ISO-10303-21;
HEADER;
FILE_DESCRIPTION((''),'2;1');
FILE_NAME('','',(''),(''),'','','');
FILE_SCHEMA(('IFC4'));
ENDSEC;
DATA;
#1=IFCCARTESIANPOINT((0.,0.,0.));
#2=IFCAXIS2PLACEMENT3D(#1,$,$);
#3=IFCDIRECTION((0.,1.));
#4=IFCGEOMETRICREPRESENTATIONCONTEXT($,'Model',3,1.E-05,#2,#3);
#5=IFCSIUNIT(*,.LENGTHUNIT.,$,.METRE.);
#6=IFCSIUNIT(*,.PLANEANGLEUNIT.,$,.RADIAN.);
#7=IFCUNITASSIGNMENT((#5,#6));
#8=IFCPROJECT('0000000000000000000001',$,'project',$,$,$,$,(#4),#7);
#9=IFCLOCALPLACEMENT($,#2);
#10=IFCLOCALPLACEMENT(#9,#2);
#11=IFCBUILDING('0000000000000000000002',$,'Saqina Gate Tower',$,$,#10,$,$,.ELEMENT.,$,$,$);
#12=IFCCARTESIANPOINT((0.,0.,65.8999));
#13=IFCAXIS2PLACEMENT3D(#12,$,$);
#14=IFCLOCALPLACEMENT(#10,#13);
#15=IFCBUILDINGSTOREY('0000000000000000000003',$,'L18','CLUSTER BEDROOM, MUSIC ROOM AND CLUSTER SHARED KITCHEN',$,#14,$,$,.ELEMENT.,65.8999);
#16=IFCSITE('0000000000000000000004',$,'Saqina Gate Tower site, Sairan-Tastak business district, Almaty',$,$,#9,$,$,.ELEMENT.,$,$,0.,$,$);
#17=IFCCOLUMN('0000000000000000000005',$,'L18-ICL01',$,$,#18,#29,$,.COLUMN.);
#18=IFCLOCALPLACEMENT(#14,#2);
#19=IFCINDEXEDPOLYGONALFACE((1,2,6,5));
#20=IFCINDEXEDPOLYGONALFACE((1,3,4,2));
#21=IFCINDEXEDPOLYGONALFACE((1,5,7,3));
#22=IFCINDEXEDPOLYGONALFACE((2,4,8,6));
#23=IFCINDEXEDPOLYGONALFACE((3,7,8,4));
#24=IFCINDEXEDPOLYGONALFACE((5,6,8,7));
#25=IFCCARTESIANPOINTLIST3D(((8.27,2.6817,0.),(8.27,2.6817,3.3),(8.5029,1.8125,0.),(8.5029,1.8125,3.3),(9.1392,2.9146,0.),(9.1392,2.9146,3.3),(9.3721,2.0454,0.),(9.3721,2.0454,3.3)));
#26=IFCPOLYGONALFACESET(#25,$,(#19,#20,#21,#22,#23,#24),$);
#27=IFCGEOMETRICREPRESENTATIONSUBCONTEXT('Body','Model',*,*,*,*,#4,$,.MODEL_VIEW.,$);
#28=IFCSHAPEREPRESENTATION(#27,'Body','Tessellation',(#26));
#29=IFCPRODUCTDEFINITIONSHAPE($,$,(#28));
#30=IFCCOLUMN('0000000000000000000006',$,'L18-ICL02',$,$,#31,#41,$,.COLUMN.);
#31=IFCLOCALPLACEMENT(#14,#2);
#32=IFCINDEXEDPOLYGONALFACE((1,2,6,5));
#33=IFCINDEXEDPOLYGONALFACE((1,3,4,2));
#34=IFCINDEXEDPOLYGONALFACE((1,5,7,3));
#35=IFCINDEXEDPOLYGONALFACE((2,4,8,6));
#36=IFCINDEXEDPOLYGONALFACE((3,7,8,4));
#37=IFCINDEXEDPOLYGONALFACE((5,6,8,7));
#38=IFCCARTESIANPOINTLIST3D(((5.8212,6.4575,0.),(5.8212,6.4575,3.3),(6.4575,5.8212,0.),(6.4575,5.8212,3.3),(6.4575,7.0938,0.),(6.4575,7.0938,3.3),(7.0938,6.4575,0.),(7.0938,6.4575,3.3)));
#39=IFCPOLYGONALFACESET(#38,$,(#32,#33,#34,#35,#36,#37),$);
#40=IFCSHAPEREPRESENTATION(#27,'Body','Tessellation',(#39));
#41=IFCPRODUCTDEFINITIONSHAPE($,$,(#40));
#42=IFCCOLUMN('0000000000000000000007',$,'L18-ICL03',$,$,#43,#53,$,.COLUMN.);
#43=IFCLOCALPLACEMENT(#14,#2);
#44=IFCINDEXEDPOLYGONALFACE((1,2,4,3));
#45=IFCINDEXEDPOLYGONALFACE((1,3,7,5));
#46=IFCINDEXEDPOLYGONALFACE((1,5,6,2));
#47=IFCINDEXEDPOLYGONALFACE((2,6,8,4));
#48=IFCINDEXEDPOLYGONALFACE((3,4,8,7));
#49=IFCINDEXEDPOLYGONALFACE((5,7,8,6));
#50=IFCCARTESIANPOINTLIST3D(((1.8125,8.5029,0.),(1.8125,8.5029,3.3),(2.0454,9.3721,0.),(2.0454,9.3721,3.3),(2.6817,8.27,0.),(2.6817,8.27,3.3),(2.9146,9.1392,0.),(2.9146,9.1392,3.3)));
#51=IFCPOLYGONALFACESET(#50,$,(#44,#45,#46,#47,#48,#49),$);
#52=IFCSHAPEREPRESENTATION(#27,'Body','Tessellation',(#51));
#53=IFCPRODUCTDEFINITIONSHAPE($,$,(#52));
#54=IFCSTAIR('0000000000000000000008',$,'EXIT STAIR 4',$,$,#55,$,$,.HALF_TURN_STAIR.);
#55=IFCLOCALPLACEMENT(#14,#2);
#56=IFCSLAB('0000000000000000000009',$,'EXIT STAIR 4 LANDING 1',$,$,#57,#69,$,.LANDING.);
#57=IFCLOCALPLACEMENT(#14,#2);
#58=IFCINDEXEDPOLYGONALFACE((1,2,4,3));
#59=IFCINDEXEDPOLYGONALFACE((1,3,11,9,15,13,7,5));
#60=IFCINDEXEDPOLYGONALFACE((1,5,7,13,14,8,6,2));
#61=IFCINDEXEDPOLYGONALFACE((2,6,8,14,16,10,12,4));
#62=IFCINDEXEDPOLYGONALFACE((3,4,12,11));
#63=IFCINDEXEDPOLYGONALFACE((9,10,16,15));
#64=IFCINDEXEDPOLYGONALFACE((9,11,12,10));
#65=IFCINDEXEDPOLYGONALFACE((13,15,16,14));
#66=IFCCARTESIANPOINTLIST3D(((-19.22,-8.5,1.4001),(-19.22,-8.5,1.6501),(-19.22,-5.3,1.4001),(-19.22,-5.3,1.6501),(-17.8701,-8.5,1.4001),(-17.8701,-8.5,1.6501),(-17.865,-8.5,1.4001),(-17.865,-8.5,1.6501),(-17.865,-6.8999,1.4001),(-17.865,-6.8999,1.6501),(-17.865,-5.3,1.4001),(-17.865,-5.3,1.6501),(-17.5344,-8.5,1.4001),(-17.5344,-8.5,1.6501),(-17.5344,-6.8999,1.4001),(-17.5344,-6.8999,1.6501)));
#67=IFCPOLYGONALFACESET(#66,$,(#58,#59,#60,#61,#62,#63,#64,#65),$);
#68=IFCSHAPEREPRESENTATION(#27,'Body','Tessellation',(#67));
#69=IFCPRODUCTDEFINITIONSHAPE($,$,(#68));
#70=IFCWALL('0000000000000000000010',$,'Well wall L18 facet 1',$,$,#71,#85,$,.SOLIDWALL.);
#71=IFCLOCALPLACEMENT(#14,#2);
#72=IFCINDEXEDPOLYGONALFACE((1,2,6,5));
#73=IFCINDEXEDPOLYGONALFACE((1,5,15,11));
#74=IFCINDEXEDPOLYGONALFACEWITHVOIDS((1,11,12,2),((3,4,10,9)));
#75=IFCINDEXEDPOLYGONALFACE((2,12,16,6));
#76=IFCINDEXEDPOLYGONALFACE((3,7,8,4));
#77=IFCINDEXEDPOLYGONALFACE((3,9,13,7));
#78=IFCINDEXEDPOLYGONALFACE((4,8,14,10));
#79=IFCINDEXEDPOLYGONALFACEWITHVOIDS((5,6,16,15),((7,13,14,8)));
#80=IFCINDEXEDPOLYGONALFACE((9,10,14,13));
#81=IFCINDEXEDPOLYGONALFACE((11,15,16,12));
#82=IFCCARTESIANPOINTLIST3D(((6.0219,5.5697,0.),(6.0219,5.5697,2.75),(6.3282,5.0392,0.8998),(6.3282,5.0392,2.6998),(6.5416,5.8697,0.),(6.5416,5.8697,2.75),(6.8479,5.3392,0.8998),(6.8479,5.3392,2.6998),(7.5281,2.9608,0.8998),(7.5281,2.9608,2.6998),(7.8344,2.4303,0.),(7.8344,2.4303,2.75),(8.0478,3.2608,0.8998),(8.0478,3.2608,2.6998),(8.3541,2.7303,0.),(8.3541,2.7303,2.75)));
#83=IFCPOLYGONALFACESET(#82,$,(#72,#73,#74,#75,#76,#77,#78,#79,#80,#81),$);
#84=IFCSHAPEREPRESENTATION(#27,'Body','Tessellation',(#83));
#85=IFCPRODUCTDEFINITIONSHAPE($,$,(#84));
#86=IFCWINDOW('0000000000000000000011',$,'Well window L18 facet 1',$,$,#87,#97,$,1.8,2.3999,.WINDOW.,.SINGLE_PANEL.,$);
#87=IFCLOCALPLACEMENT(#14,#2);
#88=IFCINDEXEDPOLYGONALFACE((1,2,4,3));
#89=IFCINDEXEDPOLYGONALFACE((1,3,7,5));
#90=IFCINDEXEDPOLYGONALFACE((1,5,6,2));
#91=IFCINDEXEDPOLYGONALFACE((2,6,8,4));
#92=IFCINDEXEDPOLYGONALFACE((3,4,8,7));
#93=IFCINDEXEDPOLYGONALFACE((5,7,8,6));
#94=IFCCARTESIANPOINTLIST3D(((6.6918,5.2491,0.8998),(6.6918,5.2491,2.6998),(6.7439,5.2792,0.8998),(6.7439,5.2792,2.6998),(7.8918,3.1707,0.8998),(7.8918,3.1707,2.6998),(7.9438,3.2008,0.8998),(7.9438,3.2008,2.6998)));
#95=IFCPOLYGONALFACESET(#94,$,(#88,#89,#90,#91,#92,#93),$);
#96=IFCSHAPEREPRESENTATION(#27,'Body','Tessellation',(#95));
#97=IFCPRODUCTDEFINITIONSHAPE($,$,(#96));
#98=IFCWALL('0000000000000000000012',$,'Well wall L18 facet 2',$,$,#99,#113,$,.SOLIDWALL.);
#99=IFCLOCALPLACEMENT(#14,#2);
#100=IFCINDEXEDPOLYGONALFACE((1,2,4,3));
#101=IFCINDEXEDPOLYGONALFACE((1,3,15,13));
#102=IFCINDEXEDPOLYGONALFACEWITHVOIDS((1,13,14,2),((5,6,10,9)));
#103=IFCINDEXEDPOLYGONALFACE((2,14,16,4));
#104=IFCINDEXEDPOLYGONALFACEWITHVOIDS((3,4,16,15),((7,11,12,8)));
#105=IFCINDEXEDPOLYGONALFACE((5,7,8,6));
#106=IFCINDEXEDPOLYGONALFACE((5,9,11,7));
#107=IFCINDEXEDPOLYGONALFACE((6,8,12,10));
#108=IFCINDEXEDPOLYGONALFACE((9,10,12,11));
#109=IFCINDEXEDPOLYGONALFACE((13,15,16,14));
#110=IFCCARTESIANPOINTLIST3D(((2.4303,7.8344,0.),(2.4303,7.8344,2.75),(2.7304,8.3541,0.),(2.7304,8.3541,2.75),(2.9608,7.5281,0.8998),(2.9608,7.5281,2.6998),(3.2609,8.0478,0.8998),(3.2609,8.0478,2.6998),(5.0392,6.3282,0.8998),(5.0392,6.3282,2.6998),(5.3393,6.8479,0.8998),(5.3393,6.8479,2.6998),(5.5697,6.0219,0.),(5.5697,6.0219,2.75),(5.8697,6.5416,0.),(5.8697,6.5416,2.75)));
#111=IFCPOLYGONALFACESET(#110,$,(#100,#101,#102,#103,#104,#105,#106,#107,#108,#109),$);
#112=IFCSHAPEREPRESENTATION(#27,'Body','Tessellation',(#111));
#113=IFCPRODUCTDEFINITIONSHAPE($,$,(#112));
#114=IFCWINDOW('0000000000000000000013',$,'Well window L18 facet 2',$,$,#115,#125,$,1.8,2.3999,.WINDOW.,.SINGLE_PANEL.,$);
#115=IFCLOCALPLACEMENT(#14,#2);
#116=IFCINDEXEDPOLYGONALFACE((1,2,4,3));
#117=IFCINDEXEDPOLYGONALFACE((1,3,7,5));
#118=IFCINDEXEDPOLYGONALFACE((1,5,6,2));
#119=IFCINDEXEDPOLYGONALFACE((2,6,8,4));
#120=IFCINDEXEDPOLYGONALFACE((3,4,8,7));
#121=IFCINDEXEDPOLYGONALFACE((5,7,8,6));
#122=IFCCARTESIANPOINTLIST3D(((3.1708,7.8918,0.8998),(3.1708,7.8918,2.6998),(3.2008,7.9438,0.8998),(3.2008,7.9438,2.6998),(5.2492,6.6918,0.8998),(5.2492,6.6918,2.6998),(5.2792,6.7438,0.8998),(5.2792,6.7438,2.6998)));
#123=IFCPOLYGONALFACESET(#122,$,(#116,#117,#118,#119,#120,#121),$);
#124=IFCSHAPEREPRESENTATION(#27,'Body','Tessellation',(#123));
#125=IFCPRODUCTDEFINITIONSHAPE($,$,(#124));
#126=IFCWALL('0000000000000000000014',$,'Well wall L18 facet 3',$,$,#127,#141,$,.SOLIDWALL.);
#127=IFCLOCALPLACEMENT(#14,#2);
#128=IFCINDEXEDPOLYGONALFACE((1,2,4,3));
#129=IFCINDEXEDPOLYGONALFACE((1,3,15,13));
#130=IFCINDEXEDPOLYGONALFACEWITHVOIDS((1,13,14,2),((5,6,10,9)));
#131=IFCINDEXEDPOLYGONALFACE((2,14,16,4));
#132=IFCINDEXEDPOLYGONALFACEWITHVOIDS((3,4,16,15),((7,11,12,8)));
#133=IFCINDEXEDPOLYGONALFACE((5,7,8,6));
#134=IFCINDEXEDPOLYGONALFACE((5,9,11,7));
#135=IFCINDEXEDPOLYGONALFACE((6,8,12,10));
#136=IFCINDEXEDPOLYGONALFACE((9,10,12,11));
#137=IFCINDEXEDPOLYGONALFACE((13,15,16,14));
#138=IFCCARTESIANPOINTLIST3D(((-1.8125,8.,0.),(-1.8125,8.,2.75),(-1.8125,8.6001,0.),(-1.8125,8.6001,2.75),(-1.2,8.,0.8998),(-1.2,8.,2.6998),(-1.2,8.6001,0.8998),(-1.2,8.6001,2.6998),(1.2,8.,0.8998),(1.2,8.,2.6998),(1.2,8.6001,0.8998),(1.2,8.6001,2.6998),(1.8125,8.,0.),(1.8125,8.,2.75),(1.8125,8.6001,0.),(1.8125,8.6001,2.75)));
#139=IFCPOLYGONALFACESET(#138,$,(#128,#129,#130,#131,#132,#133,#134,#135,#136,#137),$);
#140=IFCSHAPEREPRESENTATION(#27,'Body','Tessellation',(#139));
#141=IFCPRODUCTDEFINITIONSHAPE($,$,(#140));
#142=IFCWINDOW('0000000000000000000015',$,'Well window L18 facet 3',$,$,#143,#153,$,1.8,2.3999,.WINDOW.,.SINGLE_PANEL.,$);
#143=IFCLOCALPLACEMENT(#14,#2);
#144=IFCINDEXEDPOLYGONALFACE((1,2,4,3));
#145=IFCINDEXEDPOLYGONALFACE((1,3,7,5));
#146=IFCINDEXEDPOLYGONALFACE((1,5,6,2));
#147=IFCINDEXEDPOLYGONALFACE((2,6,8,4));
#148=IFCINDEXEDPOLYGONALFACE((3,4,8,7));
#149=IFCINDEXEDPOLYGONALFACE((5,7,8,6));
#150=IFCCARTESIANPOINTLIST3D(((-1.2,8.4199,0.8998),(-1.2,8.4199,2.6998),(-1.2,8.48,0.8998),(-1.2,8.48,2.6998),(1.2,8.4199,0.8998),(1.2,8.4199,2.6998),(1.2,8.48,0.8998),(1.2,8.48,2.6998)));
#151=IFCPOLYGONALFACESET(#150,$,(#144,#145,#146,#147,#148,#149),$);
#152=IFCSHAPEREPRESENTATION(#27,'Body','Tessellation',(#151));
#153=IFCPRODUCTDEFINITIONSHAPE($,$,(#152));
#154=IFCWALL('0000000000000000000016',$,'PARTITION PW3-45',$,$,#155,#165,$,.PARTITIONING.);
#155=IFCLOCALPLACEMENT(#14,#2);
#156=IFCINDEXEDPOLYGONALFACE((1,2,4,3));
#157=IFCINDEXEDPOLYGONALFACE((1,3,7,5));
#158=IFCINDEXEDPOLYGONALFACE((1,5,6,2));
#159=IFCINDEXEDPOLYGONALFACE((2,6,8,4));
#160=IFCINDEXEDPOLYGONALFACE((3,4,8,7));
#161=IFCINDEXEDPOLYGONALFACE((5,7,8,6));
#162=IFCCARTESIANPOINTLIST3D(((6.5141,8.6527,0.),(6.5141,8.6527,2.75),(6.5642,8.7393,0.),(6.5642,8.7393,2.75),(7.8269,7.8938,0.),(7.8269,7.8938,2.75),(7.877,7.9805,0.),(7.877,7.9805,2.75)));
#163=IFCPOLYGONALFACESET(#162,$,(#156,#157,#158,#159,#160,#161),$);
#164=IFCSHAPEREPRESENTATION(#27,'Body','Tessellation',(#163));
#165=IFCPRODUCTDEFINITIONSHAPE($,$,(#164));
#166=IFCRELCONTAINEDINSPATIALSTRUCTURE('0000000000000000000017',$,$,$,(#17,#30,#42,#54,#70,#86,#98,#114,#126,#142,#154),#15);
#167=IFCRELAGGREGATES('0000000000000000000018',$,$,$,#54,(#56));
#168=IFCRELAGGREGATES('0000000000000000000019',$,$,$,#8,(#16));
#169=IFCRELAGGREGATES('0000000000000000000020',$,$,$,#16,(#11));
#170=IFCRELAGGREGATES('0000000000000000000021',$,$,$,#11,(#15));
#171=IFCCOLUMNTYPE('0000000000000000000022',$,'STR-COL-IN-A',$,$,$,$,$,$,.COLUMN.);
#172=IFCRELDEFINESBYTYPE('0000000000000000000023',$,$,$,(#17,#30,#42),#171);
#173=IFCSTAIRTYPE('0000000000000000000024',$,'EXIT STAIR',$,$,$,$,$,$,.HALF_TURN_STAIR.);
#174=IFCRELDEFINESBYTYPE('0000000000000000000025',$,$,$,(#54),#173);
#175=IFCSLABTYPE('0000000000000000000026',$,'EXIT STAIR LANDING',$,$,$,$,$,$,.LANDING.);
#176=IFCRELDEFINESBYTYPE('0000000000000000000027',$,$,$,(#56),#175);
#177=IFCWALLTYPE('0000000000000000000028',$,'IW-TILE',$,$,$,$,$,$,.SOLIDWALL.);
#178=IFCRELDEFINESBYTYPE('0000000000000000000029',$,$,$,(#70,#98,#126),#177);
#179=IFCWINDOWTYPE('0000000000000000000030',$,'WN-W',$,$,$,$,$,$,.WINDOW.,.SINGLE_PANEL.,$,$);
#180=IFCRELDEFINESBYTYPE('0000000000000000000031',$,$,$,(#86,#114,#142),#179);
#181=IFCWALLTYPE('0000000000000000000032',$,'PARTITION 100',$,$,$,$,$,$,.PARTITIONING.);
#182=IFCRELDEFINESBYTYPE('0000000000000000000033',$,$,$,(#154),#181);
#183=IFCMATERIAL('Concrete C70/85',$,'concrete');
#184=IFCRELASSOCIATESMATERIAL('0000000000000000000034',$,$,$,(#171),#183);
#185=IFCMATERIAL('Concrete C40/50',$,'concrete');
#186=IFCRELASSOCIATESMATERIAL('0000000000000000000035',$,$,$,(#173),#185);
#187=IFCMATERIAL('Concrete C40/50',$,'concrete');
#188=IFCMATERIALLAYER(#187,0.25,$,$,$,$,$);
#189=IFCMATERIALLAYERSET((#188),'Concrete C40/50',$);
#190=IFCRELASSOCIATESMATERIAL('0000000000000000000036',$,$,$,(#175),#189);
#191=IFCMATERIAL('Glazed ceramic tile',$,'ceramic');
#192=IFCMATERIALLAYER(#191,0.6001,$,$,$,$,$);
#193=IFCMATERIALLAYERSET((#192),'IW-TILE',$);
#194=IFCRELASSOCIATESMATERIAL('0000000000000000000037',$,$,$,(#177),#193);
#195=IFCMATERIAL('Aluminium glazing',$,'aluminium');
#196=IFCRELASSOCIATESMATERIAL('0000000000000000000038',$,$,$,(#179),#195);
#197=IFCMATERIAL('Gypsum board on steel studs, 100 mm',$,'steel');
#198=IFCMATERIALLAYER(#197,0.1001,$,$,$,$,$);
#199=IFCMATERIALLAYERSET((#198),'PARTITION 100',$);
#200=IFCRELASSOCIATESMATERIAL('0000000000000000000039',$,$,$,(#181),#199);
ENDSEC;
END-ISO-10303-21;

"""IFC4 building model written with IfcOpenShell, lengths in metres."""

from ifc_helpers import new_model, si_unit, direction, frame, frame_2d, origin, origin_2d, place, context, subcontext, project, spatial, polyline, rectangle, outline, extrude, material, layer, layer_set, material_profile, profile_set, type_object, element, fill, aggregate, save


model = new_model("IFC4")

# Units and contexts
model_context = context("Model", 3, precision=1e-05, world=origin(), true_north=direction((0.0, 1.0)))
body_context = subcontext(model_context, "Body", "Model", "MODEL_VIEW")
ifc_project = project(units=[si_unit("LENGTHUNIT", "METRE"), si_unit("PLANEANGLEUNIT", "RADIAN")], contexts=[model_context])

# Site, building, storey
site_placement = place(None, origin())
site = spatial("IfcSite", under=ifc_project, at=site_placement, Name="Saqina Gate Tower site, Sairan-Tastak business district, Almaty", CompositionType="ELEMENT", RefElevation=0.0)
building_placement = place(site_placement, origin())
building = spatial("IfcBuilding", under=site, at=building_placement, Name="Saqina Gate Tower", CompositionType="ELEMENT")
storey_placement = place(building_placement, frame((0.0, 0.0, 65.8999)))
storey = spatial("IfcBuildingStorey", under=building, at=storey_placement, Name="L18", Description="CLUSTER BEDROOM, MUSIC ROOM AND CLUSTER SHARED KITCHEN", CompositionType="ELEMENT", Elevation=65.8999)

# Columns
ifc_material_1 = material(Name="Concrete C70/85", Category="concrete")
ifc_material_profile = material_profile(ifc_material_1, rectangle(XDim=0.8999, YDim=0.8999, at=origin_2d()), Name="RC 900x900")
ifc_profile_set = profile_set([ifc_material_profile], Name="Concrete C70/85")
column_type = type_object("IfcColumnType", Name="STR-COL-IN-A", PredefinedType="COLUMN", material=ifc_profile_set)
for number, where, z_axis, x_axis, name in (
    (1, (8.821, 2.3635, 0.0), (0.0, 0.0, 1.0), (0.965926, 0.258819, 0.0), "L18-ICL01"),
    (2, (6.4575, 6.4575, 0.0), (0.0, 0.0, 1.0), (0.707107, 0.707107, 0.0), "L18-ICL02"),
    (3, (2.3635, 8.821, 0.0), (0.0, 0.0, 1.0), (0.258819, 0.965926, 0.0), "L18-ICL03"),
):
    element("IfcColumn", number, at=place(storey_placement, frame(where, z_axis=z_axis, x_axis=x_axis)), inside=storey, type_object=column_type, Name=name, PredefinedType="COLUMN", context=body_context, shape_type="SweptSolid", body=[
        extrude(rectangle(XDim=0.8999, YDim=0.8999, at=origin_2d()), origin(), (0.0, 0.0, 1.0), 3.3),
    ])

# Stair, slab
ifc_material_2 = material(Name="Concrete C40/50", Category="concrete")
stair_type = type_object("IfcStairType", Name="EXIT STAIR", PredefinedType="HALF_TURN_STAIR", material=ifc_material_2)
stair_1_placement = place(storey_placement, origin())
stair_1 = element("IfcStair", 4, at=stair_1_placement, inside=storey, type_object=stair_type, Name="EXIT STAIR 4", PredefinedType="HALF_TURN_STAIR")
ifc_material_3 = material(Name="Concrete C40/50", Category="concrete")
ifc_layer_1 = layer(ifc_material_3, 0.25)
ifc_layer_set_1 = layer_set([ifc_layer_1], Name="Concrete C40/50")
slab_type = type_object("IfcSlabType", Name="EXIT STAIR LANDING", PredefinedType="LANDING", material=ifc_layer_set_1)
slab_placement = place(storey_placement, frame((0.0, 0.0, 1.4001)))
slab = element("IfcSlab", 5, at=slab_placement, type_object=slab_type, Name="EXIT STAIR 4 LANDING 1", PredefinedType="LANDING", context=body_context, shape_type="SweptSolid", body=[
    extrude(outline(polyline([(-17.5344, -6.8999), (-17.5344, -8.5), (-17.865, -8.5), (-17.8701, -8.5), (-19.22, -8.5), (-19.22, -5.3), (-17.865, -5.3), (-17.865, -6.8999), (-17.5344, -6.8999)])), origin(), (0.0, 0.0, 1.0), 0.25),
])
aggregate(stair_1, [slab])

# Walls, openings, windows
ifc_material_4 = material(Name="Glazed ceramic tile", Category="ceramic")
ifc_layer_2 = layer(ifc_material_4, 0.6001)
ifc_layer_set_2 = layer_set([ifc_layer_2], Name="IW-TILE")
wall_type_1 = type_object("IfcWallType", Name="IW-TILE", PredefinedType="SOLIDWALL", material=ifc_layer_set_2)
wall_1_placement = place(storey_placement, frame((8.0942, 2.5803, 0.0), z_axis=(0.0, 0.0, 1.0), x_axis=(-0.499993, 0.86603, 0.0)))
wall_1 = element("IfcWall", 6, at=wall_1_placement, inside=storey, type_object=wall_type_1, Name="Well wall L18 facet 1", PredefinedType="SOLIDWALL", context=body_context, shape_type="SweptSolid", body=[
    extrude(rectangle(XDim=3.625, YDim=0.6001, at=frame_2d((1.8125, 0.0))), origin(), (0.0, 0.0, 1.0), 2.75),
])
opening_1_placement = place(wall_1_placement, frame((0.6125, 0.0, 0.8999)))
opening_1 = element("IfcOpeningElement", 7, at=opening_1_placement, cuts=wall_1, PredefinedType="OPENING", context=body_context, shape_type="SweptSolid", body=[
    extrude(rectangle(XDim=2.3999, YDim=1.8, at=frame_2d((1.2, 0.8999))), frame((0.0, 0.312, 0.0), z_axis=(0.0, -1.0, 0.0), x_axis=(1.0, 0.0, 0.0)), (0.0, 0.0, 1.0), 0.624),
])
ifc_material_5 = material(Name="Aluminium glazing", Category="aluminium")
window_type = type_object("IfcWindowType", Name="WN-W", PartitioningType="SINGLE_PANEL", PredefinedType="WINDOW", material=ifc_material_5)
window_1_placement = place(opening_1_placement, origin())
window_1 = element("IfcWindow", 8, at=window_1_placement, inside=storey, type_object=window_type, Name="Well window L18 facet 1", OverallHeight=1.8, OverallWidth=2.3999, PartitioningType="SINGLE_PANEL", PredefinedType="WINDOW", context=body_context, shape_type="SweptSolid", body=[
    extrude(rectangle(XDim=2.3999, YDim=1.8, at=frame_2d((1.2, 0.8999))), frame((0.0, -0.1199, 0.0), z_axis=(0.0, -1.0, 0.0), x_axis=(1.0, 0.0, 0.0)), (0.0, 0.0, 1.0), 0.0601),
])
fill(opening_1, window_1)
wall_2_placement = place(storey_placement, frame((5.7197, 6.2817, 0.0), z_axis=(0.0, 0.0, 1.0), x_axis=(-0.86603, 0.499993, 0.0)))
wall_2 = element("IfcWall", 9, at=wall_2_placement, inside=storey, type_object=wall_type_1, Name="Well wall L18 facet 2", PredefinedType="SOLIDWALL", context=body_context, shape_type="SweptSolid", body=[
    extrude(rectangle(XDim=3.625, YDim=0.6001, at=frame_2d((1.8125, 0.0))), origin(), (0.0, 0.0, 1.0), 2.75),
])
opening_2_placement = place(wall_2_placement, frame((0.6125, 0.0, 0.8999)))
opening_2 = element("IfcOpeningElement", 10, at=opening_2_placement, cuts=wall_2, PredefinedType="OPENING", context=body_context, shape_type="SweptSolid", body=[
    extrude(rectangle(XDim=2.3999, YDim=1.8, at=frame_2d((1.2, 0.8999))), frame((0.0, 0.312, 0.0), z_axis=(0.0, -1.0, 0.0), x_axis=(1.0, 0.0, 0.0)), (0.0, 0.0, 1.0), 0.624),
])
window_2_placement = place(opening_2_placement, origin())
window_2 = element("IfcWindow", 11, at=window_2_placement, inside=storey, type_object=window_type, Name="Well window L18 facet 2", OverallHeight=1.8, OverallWidth=2.3999, PartitioningType="SINGLE_PANEL", PredefinedType="WINDOW", context=body_context, shape_type="SweptSolid", body=[
    extrude(rectangle(XDim=2.3999, YDim=1.8, at=frame_2d((1.2, 0.8999))), frame((0.0, -0.1199, 0.0), z_axis=(0.0, -1.0, 0.0), x_axis=(1.0, 0.0, 0.0)), (0.0, 0.0, 1.0), 0.0601),
])
fill(opening_2, window_2)
wall_3_placement = place(storey_placement, frame((1.8125, 8.3, 0.0), z_axis=(0.0, 0.0, 1.0), x_axis=(-1.0, 0.0, 0.0)))
wall_3 = element("IfcWall", 12, at=wall_3_placement, inside=storey, type_object=wall_type_1, Name="Well wall L18 facet 3", PredefinedType="SOLIDWALL", context=body_context, shape_type="SweptSolid", body=[
    extrude(rectangle(XDim=3.625, YDim=0.6001, at=frame_2d((1.8125, 0.0))), origin(), (0.0, 0.0, 1.0), 2.75),
])
opening_3_placement = place(wall_3_placement, frame((0.6125, 0.0, 0.8999)))
opening_3 = element("IfcOpeningElement", 13, at=opening_3_placement, cuts=wall_3, PredefinedType="OPENING", context=body_context, shape_type="SweptSolid", body=[
    extrude(rectangle(XDim=2.3999, YDim=1.8, at=frame_2d((1.2, 0.8999))), frame((0.0, 0.312, 0.0), z_axis=(0.0, -1.0, 0.0), x_axis=(1.0, 0.0, 0.0)), (0.0, 0.0, 1.0), 0.624),
])
window_3_placement = place(opening_3_placement, origin())
window_3 = element("IfcWindow", 14, at=window_3_placement, inside=storey, type_object=window_type, Name="Well window L18 facet 3", OverallHeight=1.8, OverallWidth=2.3999, PartitioningType="SINGLE_PANEL", PredefinedType="WINDOW", context=body_context, shape_type="SweptSolid", body=[
    extrude(rectangle(XDim=2.3999, YDim=1.8, at=frame_2d((1.2, 0.8999))), frame((0.0, -0.1199, 0.0), z_axis=(0.0, -1.0, 0.0), x_axis=(1.0, 0.0, 0.0)), (0.0, 0.0, 1.0), 0.0601),
])
fill(opening_3, window_3)

# Wall
ifc_material_6 = material(Name="Gypsum board on steel studs, 100 mm", Category="steel")
ifc_layer_3 = layer(ifc_material_6, 0.1001)
ifc_layer_set_3 = layer_set([ifc_layer_3], Name="PARTITION 100")
wall_type_2 = type_object("IfcWallType", Name="PARTITION 100", PredefinedType="PARTITIONING", material=ifc_layer_set_3)
wall_4_placement = place(storey_placement, frame((6.5391, 8.696, 0.0), z_axis=(0.0, 0.0, 1.0), x_axis=(0.865775, -0.500433, 0.0)))
element("IfcWall", 15, at=wall_4_placement, inside=storey, type_object=wall_type_2, Name="PARTITION PW3-45", PredefinedType="PARTITIONING", context=body_context, shape_type="SweptSolid", body=[
    extrude(rectangle(XDim=1.5164, YDim=0.1001, at=frame_2d((0.7583, 0.0))), origin(), (0.0, 0.0, 1.0), 2.75),
])

save(model, "model.ifc")
